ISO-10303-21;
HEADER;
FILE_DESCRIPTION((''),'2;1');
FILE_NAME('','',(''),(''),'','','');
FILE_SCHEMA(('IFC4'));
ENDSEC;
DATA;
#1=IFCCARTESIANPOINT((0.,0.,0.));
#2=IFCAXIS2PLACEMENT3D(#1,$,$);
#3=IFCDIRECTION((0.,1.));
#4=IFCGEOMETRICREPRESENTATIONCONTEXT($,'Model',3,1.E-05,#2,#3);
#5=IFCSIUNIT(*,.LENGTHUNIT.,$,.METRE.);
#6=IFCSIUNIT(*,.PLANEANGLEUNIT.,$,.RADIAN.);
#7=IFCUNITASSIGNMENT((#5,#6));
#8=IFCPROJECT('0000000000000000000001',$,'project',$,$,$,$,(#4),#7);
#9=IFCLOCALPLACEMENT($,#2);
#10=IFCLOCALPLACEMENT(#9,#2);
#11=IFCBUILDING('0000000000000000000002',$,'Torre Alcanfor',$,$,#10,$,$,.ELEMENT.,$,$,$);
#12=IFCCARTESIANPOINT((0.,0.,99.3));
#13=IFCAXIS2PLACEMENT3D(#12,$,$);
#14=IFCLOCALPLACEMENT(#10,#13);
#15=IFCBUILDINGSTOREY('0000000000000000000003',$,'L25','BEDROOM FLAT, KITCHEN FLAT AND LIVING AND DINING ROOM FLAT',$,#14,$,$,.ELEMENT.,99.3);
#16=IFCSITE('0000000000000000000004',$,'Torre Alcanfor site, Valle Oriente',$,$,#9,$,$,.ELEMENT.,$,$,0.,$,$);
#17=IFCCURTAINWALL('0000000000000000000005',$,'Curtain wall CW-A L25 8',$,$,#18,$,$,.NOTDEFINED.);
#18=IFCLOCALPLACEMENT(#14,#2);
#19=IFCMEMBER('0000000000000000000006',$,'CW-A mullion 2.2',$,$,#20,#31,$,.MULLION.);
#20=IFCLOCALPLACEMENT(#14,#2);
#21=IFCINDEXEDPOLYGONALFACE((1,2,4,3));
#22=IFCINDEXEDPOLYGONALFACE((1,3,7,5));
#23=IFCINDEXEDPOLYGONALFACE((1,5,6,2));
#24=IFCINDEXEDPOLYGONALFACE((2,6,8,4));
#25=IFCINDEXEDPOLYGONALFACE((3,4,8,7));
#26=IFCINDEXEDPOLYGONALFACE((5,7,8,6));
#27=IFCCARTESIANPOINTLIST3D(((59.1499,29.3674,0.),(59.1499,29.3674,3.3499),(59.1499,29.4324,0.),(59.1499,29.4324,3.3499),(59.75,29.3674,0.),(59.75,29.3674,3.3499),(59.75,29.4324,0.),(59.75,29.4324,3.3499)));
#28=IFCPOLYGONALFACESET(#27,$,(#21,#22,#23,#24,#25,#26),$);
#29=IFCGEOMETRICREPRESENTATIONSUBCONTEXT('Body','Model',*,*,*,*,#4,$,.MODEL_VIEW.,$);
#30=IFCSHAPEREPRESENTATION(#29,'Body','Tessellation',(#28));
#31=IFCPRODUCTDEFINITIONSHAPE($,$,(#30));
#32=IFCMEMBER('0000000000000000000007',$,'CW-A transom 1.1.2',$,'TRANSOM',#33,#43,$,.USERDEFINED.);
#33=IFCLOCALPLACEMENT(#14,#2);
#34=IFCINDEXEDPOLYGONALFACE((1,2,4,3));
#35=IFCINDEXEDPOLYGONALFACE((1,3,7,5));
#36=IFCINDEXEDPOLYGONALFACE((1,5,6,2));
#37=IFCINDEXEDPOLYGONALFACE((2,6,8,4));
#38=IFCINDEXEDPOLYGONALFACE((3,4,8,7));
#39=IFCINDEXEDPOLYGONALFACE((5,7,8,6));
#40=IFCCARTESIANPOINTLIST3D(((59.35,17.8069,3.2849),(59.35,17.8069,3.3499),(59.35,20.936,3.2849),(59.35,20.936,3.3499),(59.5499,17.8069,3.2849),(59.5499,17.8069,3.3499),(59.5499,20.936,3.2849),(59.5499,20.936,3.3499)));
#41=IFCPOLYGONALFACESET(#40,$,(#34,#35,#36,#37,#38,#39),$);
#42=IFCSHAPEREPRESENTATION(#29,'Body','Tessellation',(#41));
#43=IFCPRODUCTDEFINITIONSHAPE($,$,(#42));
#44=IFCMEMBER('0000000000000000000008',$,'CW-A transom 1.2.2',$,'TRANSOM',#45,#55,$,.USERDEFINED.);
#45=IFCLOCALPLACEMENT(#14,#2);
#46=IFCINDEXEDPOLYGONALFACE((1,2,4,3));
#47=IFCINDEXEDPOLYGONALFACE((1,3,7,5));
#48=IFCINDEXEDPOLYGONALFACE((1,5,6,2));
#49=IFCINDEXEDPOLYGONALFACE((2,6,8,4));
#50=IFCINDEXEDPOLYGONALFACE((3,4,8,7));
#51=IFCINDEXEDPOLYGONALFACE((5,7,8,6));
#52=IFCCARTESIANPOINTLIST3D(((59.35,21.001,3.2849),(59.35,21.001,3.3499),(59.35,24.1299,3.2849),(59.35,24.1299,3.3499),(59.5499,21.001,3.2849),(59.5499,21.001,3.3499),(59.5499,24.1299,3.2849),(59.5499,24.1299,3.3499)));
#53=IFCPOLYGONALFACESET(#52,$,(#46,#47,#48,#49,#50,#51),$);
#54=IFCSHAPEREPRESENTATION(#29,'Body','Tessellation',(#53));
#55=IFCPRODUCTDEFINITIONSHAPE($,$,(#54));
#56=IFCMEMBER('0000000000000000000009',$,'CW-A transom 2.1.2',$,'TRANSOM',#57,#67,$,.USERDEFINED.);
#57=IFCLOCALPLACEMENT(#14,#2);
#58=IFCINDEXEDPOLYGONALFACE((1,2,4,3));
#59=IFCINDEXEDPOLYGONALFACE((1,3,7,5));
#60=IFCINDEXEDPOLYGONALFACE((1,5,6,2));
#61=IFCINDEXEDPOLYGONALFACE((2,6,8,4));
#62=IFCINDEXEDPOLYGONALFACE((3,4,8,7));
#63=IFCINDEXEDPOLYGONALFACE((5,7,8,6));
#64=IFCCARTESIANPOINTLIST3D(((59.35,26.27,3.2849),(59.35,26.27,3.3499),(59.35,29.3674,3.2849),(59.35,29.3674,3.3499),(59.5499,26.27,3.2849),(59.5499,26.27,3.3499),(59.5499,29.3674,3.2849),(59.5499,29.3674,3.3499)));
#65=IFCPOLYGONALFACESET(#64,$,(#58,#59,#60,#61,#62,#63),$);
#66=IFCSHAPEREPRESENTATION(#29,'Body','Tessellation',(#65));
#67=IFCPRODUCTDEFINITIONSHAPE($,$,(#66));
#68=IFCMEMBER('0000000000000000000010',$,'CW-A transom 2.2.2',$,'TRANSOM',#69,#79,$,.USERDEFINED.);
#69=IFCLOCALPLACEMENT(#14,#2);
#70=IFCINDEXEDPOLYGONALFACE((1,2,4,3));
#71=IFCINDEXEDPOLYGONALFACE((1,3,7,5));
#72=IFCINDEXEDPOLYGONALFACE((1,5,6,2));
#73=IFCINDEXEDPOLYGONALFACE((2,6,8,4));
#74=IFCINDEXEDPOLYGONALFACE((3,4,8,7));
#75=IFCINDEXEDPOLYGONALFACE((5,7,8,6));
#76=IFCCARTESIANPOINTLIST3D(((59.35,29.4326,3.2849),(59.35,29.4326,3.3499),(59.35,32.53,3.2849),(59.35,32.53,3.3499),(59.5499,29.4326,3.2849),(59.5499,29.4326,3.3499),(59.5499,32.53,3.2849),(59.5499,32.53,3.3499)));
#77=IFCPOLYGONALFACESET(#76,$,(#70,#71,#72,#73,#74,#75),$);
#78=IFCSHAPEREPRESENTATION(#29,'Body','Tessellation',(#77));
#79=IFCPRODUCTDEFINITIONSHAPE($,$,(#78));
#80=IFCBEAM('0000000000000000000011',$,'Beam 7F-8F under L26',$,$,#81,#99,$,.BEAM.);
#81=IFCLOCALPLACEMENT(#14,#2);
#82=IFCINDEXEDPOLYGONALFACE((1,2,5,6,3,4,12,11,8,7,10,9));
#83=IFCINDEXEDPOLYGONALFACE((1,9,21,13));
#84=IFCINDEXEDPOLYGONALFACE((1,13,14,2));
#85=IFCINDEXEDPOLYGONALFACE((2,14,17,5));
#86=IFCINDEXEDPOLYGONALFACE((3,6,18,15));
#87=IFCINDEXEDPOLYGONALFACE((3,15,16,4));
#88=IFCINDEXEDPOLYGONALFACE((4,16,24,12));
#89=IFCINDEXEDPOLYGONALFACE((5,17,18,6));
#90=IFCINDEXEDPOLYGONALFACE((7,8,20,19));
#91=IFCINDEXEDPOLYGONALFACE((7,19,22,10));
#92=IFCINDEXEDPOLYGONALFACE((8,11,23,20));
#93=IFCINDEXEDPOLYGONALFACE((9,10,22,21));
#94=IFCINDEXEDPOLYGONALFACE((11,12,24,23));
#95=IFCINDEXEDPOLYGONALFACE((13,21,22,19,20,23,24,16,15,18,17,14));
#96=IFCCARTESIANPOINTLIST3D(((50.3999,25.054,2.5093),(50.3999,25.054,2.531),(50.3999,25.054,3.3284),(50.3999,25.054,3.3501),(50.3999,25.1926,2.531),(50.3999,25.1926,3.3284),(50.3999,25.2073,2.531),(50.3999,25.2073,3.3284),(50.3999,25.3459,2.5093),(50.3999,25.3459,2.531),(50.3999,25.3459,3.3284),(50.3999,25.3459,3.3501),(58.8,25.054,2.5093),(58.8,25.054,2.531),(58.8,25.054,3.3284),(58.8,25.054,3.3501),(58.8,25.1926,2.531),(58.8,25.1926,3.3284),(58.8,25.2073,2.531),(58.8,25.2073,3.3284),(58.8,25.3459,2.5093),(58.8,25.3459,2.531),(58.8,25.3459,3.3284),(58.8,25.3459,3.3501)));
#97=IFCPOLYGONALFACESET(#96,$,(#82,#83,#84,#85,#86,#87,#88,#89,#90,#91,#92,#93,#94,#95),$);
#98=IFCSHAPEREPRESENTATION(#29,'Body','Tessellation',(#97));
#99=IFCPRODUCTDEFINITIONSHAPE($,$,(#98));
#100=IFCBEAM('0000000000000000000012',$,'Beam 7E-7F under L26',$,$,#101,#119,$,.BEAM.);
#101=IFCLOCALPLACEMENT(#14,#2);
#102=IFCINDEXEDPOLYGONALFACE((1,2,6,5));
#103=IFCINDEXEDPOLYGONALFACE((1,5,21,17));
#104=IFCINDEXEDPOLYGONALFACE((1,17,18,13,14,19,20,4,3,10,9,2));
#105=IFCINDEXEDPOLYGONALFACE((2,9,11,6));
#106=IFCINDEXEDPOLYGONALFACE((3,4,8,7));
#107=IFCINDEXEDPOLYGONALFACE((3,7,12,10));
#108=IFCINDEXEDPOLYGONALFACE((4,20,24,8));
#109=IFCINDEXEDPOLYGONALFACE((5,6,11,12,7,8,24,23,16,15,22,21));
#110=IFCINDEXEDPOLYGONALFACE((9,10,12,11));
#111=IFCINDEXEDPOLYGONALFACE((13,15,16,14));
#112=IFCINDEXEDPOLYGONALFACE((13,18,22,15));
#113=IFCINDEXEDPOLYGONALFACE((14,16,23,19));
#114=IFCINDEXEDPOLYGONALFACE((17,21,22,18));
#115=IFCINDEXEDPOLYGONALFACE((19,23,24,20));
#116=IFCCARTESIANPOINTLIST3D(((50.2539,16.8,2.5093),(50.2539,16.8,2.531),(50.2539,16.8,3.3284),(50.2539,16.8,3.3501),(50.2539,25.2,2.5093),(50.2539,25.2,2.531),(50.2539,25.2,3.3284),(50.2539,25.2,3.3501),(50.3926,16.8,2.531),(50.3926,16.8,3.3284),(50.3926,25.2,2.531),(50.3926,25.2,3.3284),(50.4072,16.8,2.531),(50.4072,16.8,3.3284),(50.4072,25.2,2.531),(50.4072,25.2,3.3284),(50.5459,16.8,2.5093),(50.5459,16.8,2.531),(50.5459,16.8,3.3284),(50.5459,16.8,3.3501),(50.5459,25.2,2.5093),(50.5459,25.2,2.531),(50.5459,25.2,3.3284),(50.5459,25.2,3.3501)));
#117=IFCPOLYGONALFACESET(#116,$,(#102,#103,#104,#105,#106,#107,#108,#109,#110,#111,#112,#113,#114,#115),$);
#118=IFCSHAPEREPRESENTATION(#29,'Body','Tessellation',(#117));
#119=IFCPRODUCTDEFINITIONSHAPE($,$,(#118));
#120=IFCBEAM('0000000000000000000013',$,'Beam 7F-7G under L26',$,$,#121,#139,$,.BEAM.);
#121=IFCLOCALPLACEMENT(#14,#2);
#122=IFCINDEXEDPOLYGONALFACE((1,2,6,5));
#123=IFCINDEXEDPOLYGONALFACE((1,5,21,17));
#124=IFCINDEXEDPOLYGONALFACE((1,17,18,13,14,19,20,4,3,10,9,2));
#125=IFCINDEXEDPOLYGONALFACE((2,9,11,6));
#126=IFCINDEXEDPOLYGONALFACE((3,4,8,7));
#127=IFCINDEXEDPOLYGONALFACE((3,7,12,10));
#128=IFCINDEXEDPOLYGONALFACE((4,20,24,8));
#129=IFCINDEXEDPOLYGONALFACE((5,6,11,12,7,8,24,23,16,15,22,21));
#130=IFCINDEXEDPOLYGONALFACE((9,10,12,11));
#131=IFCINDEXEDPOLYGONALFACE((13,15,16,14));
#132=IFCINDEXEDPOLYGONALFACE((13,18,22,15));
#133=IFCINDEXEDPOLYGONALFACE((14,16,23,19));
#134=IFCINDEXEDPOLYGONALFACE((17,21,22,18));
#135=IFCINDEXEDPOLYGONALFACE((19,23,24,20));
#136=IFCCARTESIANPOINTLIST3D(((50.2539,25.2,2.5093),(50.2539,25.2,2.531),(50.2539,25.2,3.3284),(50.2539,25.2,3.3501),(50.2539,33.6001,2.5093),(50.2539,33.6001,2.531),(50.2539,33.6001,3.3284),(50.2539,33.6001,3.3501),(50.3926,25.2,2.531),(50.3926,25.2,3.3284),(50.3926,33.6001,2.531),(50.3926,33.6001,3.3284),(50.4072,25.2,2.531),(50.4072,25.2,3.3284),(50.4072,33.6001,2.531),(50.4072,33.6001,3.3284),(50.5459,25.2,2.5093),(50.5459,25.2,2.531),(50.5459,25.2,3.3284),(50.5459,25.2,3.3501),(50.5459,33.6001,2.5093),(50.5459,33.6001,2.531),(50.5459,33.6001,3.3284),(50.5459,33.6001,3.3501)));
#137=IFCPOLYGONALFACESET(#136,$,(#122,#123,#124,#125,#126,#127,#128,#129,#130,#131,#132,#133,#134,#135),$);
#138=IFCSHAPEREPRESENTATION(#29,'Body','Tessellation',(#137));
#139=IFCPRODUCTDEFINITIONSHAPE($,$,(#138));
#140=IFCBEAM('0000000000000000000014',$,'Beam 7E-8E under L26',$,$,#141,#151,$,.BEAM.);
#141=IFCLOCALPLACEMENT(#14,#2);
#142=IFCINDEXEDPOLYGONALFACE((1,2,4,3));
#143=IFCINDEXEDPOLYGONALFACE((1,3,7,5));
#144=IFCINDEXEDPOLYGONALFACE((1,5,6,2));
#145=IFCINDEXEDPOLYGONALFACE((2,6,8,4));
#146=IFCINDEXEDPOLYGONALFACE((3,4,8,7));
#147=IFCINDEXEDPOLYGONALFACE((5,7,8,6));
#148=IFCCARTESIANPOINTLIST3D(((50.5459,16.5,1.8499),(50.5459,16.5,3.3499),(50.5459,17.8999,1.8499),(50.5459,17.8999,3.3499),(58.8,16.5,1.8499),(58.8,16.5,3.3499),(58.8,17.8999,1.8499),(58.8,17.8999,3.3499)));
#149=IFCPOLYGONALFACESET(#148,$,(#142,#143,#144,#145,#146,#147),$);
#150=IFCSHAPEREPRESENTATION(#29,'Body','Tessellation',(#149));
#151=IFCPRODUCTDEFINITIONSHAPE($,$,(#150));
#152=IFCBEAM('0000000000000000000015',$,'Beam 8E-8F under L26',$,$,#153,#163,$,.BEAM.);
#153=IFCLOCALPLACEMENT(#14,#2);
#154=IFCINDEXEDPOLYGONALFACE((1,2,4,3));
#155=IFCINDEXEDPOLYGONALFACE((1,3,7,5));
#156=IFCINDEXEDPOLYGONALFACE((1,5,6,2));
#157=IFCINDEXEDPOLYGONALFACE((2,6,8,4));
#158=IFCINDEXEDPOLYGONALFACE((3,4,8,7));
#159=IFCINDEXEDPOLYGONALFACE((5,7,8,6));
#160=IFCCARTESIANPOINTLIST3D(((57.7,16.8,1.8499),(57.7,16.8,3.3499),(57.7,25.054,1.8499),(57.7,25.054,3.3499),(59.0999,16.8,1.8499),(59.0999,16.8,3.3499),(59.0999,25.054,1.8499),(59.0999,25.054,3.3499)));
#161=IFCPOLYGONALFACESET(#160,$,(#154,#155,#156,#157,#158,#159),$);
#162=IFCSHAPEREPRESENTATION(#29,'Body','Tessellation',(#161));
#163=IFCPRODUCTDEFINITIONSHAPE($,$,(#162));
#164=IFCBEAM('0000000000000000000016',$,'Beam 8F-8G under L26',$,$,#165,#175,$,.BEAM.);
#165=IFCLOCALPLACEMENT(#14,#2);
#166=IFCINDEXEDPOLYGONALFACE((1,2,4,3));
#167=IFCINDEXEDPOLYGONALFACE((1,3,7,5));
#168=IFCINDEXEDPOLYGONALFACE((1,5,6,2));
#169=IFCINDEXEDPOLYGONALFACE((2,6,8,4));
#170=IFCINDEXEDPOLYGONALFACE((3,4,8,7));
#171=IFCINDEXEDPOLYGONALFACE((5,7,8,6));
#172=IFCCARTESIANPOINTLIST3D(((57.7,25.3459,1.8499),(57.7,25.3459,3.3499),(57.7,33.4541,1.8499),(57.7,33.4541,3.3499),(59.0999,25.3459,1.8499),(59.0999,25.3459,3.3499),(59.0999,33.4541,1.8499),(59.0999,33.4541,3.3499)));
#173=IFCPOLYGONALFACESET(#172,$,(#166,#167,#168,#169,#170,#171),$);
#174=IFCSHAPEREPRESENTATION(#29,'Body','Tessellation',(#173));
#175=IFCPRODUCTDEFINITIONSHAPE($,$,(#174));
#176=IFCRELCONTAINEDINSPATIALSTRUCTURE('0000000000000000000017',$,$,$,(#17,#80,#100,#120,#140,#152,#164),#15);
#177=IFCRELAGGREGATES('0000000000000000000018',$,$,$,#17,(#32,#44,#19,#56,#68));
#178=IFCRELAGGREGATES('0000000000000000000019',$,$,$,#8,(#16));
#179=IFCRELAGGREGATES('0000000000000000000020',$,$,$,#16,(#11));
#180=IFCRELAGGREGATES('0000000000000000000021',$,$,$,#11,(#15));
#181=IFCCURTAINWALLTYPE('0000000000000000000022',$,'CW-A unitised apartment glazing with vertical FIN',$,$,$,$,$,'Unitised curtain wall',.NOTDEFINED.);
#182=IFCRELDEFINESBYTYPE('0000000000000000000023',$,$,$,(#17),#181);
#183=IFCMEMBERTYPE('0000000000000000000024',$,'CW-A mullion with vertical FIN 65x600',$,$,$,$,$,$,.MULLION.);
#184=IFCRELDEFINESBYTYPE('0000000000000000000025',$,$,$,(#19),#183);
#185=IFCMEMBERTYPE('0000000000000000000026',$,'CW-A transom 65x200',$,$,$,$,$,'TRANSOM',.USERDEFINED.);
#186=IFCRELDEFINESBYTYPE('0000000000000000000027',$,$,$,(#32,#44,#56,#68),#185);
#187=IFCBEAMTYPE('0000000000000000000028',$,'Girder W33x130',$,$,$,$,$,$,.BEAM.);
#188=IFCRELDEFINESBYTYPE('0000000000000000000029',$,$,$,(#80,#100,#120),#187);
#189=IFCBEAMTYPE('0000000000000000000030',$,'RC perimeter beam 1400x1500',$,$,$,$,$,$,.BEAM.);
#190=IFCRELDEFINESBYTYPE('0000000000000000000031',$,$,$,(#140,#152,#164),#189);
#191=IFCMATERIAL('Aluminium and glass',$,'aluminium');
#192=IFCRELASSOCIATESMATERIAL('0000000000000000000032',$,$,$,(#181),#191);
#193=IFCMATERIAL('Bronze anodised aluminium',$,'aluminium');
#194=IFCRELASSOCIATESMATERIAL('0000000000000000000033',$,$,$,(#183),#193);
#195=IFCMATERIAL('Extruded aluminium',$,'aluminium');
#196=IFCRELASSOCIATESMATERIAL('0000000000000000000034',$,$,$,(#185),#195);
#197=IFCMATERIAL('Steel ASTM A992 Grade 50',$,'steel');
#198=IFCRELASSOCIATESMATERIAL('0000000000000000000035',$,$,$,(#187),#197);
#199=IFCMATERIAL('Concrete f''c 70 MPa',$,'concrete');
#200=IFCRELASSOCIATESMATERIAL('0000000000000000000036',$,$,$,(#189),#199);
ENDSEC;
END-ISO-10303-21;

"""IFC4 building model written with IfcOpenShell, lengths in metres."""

from ifc_helpers import new_model, si_unit, direction, frame, origin, origin_2d, place, context, subcontext, project, spatial, rectangle, i_section, extrude, material, material_profile, profile_set, type_object, element, aggregate, save


model = new_model("IFC4")

# Units and contexts
model_context = context("Model", 3, precision=1e-05, world=origin(), true_north=direction((0.0, 1.0)))
body_context = subcontext(model_context, "Body", "Model", "MODEL_VIEW")
ifc_project = project(units=[si_unit("LENGTHUNIT", "METRE"), si_unit("PLANEANGLEUNIT", "RADIAN")], contexts=[model_context])

# Site, building, storey
site_placement = place(None, origin())
site = spatial("IfcSite", under=ifc_project, at=site_placement, Name="Torre Alcanfor site, Valle Oriente", CompositionType="ELEMENT", RefElevation=0.0)
building_placement = place(site_placement, origin())
building = spatial("IfcBuilding", under=site, at=building_placement, Name="Torre Alcanfor", CompositionType="ELEMENT")
storey_placement = place(building_placement, frame((0.0, 0.0, 99.3)))
storey = spatial("IfcBuildingStorey", under=building, at=storey_placement, Name="L25", Description="BEDROOM FLAT, KITCHEN FLAT AND LIVING AND DINING ROOM FLAT", CompositionType="ELEMENT", Elevation=99.3)

# Curtain wall, members
ifc_material_1 = material(Name="Aluminium and glass", Category="aluminium")
curtain_wall_type = type_object("IfcCurtainWallType", Name="CW-A unitised apartment glazing with vertical FIN", ElementType="Unitised curtain wall", PredefinedType="NOTDEFINED", material=ifc_material_1)
curtain_wall_placement = place(storey_placement, origin())
curtain_wall = element("IfcCurtainWall", 1, at=curtain_wall_placement, inside=storey, type_object=curtain_wall_type, Name="Curtain wall CW-A L25 8", PredefinedType="NOTDEFINED")
ifc_material_2 = material(Name="Bronze anodised aluminium", Category="aluminium")
ifc_material_profile_1 = material_profile(ifc_material_2, rectangle(XDim=0.6001, YDim=0.0649, at=origin_2d()), Name="CW-A mullion 65x600")
ifc_profile_set_1 = profile_set([ifc_material_profile_1], Name="Bronze anodised aluminium")
member_type_1 = type_object("IfcMemberType", Name="CW-A mullion with vertical FIN 65x600", PredefinedType="MULLION", material=ifc_profile_set_1)
member_1_placement = place(storey_placement, frame((59.45, 29.3999, 0.0), z_axis=(0.0, 0.0, 1.0), x_axis=(-1.0, 0.0, 0.0)))
member_1 = element("IfcMember", 2, at=member_1_placement, type_object=member_type_1, Name="CW-A mullion 2.2", PredefinedType="MULLION", context=body_context, shape_type="SweptSolid", body=[
    extrude(rectangle(XDim=0.6001, YDim=0.0649, at=origin_2d()), origin(), (0.0, 0.0, 1.0), 3.3499),
])
ifc_material_3 = material(Name="Extruded aluminium", Category="aluminium")
ifc_material_profile_2 = material_profile(ifc_material_3, rectangle(XDim=0.2, YDim=0.0649, at=origin_2d()), Name="CW-A transom 200x65")
ifc_profile_set_2 = profile_set([ifc_material_profile_2], Name="Extruded aluminium")
member_type_2 = type_object("IfcMemberType", Name="CW-A transom 65x200", ElementType="TRANSOM", PredefinedType="USERDEFINED", material=ifc_profile_set_2)
member_2_placement = place(storey_placement, frame((59.45, 17.8069, 3.3174), z_axis=(0.0, 1.0, 0.0), x_axis=(-1.0, 0.0, 0.0)))
member_2 = element("IfcMember", 3, at=member_2_placement, type_object=member_type_2, Name="CW-A transom 1.1.2", ObjectType="TRANSOM", PredefinedType="USERDEFINED", context=body_context, shape_type="SweptSolid", body=[
    extrude(rectangle(XDim=0.2, YDim=0.0649, at=origin_2d()), origin(), (0.0, 0.0, 1.0), 3.1292),
])
member_3_placement = place(storey_placement, frame((59.45, 21.001, 3.3174), z_axis=(0.0, 1.0, 0.0), x_axis=(-1.0, 0.0, 0.0)))
member_3 = element("IfcMember", 4, at=member_3_placement, type_object=member_type_2, Name="CW-A transom 1.2.2", ObjectType="TRANSOM", PredefinedType="USERDEFINED", context=body_context, shape_type="SweptSolid", body=[
    extrude(rectangle(XDim=0.2, YDim=0.0649, at=origin_2d()), origin(), (0.0, 0.0, 1.0), 3.1289),
])
member_4_placement = place(storey_placement, frame((59.45, 26.27, 3.3174), z_axis=(0.0, 1.0, 0.0), x_axis=(-1.0, 0.0, 0.0)))
member_4 = element("IfcMember", 5, at=member_4_placement, type_object=member_type_2, Name="CW-A transom 2.1.2", ObjectType="TRANSOM", PredefinedType="USERDEFINED", context=body_context, shape_type="SweptSolid", body=[
    extrude(rectangle(XDim=0.2, YDim=0.0649, at=origin_2d()), origin(), (0.0, 0.0, 1.0), 3.0974),
])
member_5_placement = place(storey_placement, frame((59.45, 29.4326, 3.3174), z_axis=(0.0, 1.0, 0.0), x_axis=(-1.0, 0.0, 0.0)))
member_5 = element("IfcMember", 6, at=member_5_placement, type_object=member_type_2, Name="CW-A transom 2.2.2", ObjectType="TRANSOM", PredefinedType="USERDEFINED", context=body_context, shape_type="SweptSolid", body=[
    extrude(rectangle(XDim=0.2, YDim=0.0649, at=origin_2d()), origin(), (0.0, 0.0, 1.0), 3.0974),
])

# Beams
ifc_material_4 = material(Name="Steel ASTM A992 Grade 50", Category="steel")
ifc_material_profile_3 = material_profile(ifc_material_4, i_section(OverallWidth=0.292, OverallDepth=0.8408, WebThickness=0.0146, FlangeThickness=0.0217, at=origin_2d()), Name="W33x130")
ifc_profile_set_3 = profile_set([ifc_material_profile_3], Name="Steel ASTM A992 Grade 50")
beam_type_1 = type_object("IfcBeamType", Name="Girder W33x130", PredefinedType="BEAM", material=ifc_profile_set_3)
beam_1_placement = place(storey_placement, frame((50.3999, 25.2, 2.9297), z_axis=(1.0, 0.0, 0.0), x_axis=(0.0, 1.0, 0.0)))
element("IfcBeam", 7, at=beam_1_placement, inside=storey, type_object=beam_type_1, Name="Beam 7F-8F under L26", PredefinedType="BEAM", context=body_context, shape_type="SweptSolid", body=[
    extrude(i_section(OverallWidth=0.292, OverallDepth=0.8408, WebThickness=0.0146, FlangeThickness=0.0217, at=origin_2d()), origin(), (0.0, 0.0, 1.0), 8.4001),
])
beam_2_placement = place(storey_placement, frame((50.3999, 16.8, 2.9297), z_axis=(0.0, 1.0, 0.0), x_axis=(-1.0, 0.0, 0.0)))
element("IfcBeam", 8, at=beam_2_placement, inside=storey, type_object=beam_type_1, Name="Beam 7E-7F under L26", PredefinedType="BEAM", context=body_context, shape_type="SweptSolid", body=[
    extrude(i_section(OverallWidth=0.292, OverallDepth=0.8408, WebThickness=0.0146, FlangeThickness=0.0217, at=origin_2d()), origin(), (0.0, 0.0, 1.0), 8.3999),
])
beam_3_placement = place(storey_placement, frame((50.3999, 25.2, 2.9297), z_axis=(0.0, 1.0, 0.0), x_axis=(-1.0, 0.0, 0.0)))
element("IfcBeam", 9, at=beam_3_placement, inside=storey, type_object=beam_type_1, Name="Beam 7F-7G under L26", PredefinedType="BEAM", context=body_context, shape_type="SweptSolid", body=[
    extrude(i_section(OverallWidth=0.292, OverallDepth=0.8408, WebThickness=0.0146, FlangeThickness=0.0217, at=origin_2d()), origin(), (0.0, 0.0, 1.0), 8.4001),
])
ifc_material_5 = material(Name="Concrete f'c 70 MPa", Category="concrete")
ifc_material_profile_4 = material_profile(ifc_material_5, rectangle(XDim=1.3999, YDim=1.5, at=origin_2d()), Name="1400x1500")
ifc_profile_set_4 = profile_set([ifc_material_profile_4], Name="Concrete f'c 70 MPa")
beam_type_2 = type_object("IfcBeamType", Name="RC perimeter beam 1400x1500", PredefinedType="BEAM", material=ifc_profile_set_4)
beam_4_placement = place(storey_placement, frame((50.5459, 17.2, 2.5999), z_axis=(1.0, 0.0, 0.0), x_axis=(0.0, 1.0, 0.0)))
element("IfcBeam", 10, at=beam_4_placement, inside=storey, type_object=beam_type_2, Name="Beam 7E-8E under L26", PredefinedType="BEAM", context=body_context, shape_type="SweptSolid", body=[
    extrude(rectangle(XDim=1.3999, YDim=1.5, at=origin_2d()), origin(), (0.0, 0.0, 1.0), 8.2542),
])
beam_5_placement = place(storey_placement, frame((58.3999, 16.8, 2.5999), z_axis=(0.0, 1.0, 0.0), x_axis=(-1.0, 0.0, 0.0)))
element("IfcBeam", 11, at=beam_5_placement, inside=storey, type_object=beam_type_2, Name="Beam 8E-8F under L26", PredefinedType="BEAM", context=body_context, shape_type="SweptSolid", body=[
    extrude(rectangle(XDim=1.3999, YDim=1.5, at=origin_2d()), origin(), (0.0, 0.0, 1.0), 8.2539),
])
beam_6_placement = place(storey_placement, frame((58.3999, 25.3459, 2.5999), z_axis=(0.0, 1.0, 0.0), x_axis=(-1.0, 0.0, 0.0)))
element("IfcBeam", 12, at=beam_6_placement, inside=storey, type_object=beam_type_2, Name="Beam 8F-8G under L26", PredefinedType="BEAM", context=body_context, shape_type="SweptSolid", body=[
    extrude(rectangle(XDim=1.3999, YDim=1.5, at=origin_2d()), origin(), (0.0, 0.0, 1.0), 8.1082),
])

aggregate(curtain_wall, [member_2, member_3, member_1, member_4, member_5])

save(model, "model.ifc")
